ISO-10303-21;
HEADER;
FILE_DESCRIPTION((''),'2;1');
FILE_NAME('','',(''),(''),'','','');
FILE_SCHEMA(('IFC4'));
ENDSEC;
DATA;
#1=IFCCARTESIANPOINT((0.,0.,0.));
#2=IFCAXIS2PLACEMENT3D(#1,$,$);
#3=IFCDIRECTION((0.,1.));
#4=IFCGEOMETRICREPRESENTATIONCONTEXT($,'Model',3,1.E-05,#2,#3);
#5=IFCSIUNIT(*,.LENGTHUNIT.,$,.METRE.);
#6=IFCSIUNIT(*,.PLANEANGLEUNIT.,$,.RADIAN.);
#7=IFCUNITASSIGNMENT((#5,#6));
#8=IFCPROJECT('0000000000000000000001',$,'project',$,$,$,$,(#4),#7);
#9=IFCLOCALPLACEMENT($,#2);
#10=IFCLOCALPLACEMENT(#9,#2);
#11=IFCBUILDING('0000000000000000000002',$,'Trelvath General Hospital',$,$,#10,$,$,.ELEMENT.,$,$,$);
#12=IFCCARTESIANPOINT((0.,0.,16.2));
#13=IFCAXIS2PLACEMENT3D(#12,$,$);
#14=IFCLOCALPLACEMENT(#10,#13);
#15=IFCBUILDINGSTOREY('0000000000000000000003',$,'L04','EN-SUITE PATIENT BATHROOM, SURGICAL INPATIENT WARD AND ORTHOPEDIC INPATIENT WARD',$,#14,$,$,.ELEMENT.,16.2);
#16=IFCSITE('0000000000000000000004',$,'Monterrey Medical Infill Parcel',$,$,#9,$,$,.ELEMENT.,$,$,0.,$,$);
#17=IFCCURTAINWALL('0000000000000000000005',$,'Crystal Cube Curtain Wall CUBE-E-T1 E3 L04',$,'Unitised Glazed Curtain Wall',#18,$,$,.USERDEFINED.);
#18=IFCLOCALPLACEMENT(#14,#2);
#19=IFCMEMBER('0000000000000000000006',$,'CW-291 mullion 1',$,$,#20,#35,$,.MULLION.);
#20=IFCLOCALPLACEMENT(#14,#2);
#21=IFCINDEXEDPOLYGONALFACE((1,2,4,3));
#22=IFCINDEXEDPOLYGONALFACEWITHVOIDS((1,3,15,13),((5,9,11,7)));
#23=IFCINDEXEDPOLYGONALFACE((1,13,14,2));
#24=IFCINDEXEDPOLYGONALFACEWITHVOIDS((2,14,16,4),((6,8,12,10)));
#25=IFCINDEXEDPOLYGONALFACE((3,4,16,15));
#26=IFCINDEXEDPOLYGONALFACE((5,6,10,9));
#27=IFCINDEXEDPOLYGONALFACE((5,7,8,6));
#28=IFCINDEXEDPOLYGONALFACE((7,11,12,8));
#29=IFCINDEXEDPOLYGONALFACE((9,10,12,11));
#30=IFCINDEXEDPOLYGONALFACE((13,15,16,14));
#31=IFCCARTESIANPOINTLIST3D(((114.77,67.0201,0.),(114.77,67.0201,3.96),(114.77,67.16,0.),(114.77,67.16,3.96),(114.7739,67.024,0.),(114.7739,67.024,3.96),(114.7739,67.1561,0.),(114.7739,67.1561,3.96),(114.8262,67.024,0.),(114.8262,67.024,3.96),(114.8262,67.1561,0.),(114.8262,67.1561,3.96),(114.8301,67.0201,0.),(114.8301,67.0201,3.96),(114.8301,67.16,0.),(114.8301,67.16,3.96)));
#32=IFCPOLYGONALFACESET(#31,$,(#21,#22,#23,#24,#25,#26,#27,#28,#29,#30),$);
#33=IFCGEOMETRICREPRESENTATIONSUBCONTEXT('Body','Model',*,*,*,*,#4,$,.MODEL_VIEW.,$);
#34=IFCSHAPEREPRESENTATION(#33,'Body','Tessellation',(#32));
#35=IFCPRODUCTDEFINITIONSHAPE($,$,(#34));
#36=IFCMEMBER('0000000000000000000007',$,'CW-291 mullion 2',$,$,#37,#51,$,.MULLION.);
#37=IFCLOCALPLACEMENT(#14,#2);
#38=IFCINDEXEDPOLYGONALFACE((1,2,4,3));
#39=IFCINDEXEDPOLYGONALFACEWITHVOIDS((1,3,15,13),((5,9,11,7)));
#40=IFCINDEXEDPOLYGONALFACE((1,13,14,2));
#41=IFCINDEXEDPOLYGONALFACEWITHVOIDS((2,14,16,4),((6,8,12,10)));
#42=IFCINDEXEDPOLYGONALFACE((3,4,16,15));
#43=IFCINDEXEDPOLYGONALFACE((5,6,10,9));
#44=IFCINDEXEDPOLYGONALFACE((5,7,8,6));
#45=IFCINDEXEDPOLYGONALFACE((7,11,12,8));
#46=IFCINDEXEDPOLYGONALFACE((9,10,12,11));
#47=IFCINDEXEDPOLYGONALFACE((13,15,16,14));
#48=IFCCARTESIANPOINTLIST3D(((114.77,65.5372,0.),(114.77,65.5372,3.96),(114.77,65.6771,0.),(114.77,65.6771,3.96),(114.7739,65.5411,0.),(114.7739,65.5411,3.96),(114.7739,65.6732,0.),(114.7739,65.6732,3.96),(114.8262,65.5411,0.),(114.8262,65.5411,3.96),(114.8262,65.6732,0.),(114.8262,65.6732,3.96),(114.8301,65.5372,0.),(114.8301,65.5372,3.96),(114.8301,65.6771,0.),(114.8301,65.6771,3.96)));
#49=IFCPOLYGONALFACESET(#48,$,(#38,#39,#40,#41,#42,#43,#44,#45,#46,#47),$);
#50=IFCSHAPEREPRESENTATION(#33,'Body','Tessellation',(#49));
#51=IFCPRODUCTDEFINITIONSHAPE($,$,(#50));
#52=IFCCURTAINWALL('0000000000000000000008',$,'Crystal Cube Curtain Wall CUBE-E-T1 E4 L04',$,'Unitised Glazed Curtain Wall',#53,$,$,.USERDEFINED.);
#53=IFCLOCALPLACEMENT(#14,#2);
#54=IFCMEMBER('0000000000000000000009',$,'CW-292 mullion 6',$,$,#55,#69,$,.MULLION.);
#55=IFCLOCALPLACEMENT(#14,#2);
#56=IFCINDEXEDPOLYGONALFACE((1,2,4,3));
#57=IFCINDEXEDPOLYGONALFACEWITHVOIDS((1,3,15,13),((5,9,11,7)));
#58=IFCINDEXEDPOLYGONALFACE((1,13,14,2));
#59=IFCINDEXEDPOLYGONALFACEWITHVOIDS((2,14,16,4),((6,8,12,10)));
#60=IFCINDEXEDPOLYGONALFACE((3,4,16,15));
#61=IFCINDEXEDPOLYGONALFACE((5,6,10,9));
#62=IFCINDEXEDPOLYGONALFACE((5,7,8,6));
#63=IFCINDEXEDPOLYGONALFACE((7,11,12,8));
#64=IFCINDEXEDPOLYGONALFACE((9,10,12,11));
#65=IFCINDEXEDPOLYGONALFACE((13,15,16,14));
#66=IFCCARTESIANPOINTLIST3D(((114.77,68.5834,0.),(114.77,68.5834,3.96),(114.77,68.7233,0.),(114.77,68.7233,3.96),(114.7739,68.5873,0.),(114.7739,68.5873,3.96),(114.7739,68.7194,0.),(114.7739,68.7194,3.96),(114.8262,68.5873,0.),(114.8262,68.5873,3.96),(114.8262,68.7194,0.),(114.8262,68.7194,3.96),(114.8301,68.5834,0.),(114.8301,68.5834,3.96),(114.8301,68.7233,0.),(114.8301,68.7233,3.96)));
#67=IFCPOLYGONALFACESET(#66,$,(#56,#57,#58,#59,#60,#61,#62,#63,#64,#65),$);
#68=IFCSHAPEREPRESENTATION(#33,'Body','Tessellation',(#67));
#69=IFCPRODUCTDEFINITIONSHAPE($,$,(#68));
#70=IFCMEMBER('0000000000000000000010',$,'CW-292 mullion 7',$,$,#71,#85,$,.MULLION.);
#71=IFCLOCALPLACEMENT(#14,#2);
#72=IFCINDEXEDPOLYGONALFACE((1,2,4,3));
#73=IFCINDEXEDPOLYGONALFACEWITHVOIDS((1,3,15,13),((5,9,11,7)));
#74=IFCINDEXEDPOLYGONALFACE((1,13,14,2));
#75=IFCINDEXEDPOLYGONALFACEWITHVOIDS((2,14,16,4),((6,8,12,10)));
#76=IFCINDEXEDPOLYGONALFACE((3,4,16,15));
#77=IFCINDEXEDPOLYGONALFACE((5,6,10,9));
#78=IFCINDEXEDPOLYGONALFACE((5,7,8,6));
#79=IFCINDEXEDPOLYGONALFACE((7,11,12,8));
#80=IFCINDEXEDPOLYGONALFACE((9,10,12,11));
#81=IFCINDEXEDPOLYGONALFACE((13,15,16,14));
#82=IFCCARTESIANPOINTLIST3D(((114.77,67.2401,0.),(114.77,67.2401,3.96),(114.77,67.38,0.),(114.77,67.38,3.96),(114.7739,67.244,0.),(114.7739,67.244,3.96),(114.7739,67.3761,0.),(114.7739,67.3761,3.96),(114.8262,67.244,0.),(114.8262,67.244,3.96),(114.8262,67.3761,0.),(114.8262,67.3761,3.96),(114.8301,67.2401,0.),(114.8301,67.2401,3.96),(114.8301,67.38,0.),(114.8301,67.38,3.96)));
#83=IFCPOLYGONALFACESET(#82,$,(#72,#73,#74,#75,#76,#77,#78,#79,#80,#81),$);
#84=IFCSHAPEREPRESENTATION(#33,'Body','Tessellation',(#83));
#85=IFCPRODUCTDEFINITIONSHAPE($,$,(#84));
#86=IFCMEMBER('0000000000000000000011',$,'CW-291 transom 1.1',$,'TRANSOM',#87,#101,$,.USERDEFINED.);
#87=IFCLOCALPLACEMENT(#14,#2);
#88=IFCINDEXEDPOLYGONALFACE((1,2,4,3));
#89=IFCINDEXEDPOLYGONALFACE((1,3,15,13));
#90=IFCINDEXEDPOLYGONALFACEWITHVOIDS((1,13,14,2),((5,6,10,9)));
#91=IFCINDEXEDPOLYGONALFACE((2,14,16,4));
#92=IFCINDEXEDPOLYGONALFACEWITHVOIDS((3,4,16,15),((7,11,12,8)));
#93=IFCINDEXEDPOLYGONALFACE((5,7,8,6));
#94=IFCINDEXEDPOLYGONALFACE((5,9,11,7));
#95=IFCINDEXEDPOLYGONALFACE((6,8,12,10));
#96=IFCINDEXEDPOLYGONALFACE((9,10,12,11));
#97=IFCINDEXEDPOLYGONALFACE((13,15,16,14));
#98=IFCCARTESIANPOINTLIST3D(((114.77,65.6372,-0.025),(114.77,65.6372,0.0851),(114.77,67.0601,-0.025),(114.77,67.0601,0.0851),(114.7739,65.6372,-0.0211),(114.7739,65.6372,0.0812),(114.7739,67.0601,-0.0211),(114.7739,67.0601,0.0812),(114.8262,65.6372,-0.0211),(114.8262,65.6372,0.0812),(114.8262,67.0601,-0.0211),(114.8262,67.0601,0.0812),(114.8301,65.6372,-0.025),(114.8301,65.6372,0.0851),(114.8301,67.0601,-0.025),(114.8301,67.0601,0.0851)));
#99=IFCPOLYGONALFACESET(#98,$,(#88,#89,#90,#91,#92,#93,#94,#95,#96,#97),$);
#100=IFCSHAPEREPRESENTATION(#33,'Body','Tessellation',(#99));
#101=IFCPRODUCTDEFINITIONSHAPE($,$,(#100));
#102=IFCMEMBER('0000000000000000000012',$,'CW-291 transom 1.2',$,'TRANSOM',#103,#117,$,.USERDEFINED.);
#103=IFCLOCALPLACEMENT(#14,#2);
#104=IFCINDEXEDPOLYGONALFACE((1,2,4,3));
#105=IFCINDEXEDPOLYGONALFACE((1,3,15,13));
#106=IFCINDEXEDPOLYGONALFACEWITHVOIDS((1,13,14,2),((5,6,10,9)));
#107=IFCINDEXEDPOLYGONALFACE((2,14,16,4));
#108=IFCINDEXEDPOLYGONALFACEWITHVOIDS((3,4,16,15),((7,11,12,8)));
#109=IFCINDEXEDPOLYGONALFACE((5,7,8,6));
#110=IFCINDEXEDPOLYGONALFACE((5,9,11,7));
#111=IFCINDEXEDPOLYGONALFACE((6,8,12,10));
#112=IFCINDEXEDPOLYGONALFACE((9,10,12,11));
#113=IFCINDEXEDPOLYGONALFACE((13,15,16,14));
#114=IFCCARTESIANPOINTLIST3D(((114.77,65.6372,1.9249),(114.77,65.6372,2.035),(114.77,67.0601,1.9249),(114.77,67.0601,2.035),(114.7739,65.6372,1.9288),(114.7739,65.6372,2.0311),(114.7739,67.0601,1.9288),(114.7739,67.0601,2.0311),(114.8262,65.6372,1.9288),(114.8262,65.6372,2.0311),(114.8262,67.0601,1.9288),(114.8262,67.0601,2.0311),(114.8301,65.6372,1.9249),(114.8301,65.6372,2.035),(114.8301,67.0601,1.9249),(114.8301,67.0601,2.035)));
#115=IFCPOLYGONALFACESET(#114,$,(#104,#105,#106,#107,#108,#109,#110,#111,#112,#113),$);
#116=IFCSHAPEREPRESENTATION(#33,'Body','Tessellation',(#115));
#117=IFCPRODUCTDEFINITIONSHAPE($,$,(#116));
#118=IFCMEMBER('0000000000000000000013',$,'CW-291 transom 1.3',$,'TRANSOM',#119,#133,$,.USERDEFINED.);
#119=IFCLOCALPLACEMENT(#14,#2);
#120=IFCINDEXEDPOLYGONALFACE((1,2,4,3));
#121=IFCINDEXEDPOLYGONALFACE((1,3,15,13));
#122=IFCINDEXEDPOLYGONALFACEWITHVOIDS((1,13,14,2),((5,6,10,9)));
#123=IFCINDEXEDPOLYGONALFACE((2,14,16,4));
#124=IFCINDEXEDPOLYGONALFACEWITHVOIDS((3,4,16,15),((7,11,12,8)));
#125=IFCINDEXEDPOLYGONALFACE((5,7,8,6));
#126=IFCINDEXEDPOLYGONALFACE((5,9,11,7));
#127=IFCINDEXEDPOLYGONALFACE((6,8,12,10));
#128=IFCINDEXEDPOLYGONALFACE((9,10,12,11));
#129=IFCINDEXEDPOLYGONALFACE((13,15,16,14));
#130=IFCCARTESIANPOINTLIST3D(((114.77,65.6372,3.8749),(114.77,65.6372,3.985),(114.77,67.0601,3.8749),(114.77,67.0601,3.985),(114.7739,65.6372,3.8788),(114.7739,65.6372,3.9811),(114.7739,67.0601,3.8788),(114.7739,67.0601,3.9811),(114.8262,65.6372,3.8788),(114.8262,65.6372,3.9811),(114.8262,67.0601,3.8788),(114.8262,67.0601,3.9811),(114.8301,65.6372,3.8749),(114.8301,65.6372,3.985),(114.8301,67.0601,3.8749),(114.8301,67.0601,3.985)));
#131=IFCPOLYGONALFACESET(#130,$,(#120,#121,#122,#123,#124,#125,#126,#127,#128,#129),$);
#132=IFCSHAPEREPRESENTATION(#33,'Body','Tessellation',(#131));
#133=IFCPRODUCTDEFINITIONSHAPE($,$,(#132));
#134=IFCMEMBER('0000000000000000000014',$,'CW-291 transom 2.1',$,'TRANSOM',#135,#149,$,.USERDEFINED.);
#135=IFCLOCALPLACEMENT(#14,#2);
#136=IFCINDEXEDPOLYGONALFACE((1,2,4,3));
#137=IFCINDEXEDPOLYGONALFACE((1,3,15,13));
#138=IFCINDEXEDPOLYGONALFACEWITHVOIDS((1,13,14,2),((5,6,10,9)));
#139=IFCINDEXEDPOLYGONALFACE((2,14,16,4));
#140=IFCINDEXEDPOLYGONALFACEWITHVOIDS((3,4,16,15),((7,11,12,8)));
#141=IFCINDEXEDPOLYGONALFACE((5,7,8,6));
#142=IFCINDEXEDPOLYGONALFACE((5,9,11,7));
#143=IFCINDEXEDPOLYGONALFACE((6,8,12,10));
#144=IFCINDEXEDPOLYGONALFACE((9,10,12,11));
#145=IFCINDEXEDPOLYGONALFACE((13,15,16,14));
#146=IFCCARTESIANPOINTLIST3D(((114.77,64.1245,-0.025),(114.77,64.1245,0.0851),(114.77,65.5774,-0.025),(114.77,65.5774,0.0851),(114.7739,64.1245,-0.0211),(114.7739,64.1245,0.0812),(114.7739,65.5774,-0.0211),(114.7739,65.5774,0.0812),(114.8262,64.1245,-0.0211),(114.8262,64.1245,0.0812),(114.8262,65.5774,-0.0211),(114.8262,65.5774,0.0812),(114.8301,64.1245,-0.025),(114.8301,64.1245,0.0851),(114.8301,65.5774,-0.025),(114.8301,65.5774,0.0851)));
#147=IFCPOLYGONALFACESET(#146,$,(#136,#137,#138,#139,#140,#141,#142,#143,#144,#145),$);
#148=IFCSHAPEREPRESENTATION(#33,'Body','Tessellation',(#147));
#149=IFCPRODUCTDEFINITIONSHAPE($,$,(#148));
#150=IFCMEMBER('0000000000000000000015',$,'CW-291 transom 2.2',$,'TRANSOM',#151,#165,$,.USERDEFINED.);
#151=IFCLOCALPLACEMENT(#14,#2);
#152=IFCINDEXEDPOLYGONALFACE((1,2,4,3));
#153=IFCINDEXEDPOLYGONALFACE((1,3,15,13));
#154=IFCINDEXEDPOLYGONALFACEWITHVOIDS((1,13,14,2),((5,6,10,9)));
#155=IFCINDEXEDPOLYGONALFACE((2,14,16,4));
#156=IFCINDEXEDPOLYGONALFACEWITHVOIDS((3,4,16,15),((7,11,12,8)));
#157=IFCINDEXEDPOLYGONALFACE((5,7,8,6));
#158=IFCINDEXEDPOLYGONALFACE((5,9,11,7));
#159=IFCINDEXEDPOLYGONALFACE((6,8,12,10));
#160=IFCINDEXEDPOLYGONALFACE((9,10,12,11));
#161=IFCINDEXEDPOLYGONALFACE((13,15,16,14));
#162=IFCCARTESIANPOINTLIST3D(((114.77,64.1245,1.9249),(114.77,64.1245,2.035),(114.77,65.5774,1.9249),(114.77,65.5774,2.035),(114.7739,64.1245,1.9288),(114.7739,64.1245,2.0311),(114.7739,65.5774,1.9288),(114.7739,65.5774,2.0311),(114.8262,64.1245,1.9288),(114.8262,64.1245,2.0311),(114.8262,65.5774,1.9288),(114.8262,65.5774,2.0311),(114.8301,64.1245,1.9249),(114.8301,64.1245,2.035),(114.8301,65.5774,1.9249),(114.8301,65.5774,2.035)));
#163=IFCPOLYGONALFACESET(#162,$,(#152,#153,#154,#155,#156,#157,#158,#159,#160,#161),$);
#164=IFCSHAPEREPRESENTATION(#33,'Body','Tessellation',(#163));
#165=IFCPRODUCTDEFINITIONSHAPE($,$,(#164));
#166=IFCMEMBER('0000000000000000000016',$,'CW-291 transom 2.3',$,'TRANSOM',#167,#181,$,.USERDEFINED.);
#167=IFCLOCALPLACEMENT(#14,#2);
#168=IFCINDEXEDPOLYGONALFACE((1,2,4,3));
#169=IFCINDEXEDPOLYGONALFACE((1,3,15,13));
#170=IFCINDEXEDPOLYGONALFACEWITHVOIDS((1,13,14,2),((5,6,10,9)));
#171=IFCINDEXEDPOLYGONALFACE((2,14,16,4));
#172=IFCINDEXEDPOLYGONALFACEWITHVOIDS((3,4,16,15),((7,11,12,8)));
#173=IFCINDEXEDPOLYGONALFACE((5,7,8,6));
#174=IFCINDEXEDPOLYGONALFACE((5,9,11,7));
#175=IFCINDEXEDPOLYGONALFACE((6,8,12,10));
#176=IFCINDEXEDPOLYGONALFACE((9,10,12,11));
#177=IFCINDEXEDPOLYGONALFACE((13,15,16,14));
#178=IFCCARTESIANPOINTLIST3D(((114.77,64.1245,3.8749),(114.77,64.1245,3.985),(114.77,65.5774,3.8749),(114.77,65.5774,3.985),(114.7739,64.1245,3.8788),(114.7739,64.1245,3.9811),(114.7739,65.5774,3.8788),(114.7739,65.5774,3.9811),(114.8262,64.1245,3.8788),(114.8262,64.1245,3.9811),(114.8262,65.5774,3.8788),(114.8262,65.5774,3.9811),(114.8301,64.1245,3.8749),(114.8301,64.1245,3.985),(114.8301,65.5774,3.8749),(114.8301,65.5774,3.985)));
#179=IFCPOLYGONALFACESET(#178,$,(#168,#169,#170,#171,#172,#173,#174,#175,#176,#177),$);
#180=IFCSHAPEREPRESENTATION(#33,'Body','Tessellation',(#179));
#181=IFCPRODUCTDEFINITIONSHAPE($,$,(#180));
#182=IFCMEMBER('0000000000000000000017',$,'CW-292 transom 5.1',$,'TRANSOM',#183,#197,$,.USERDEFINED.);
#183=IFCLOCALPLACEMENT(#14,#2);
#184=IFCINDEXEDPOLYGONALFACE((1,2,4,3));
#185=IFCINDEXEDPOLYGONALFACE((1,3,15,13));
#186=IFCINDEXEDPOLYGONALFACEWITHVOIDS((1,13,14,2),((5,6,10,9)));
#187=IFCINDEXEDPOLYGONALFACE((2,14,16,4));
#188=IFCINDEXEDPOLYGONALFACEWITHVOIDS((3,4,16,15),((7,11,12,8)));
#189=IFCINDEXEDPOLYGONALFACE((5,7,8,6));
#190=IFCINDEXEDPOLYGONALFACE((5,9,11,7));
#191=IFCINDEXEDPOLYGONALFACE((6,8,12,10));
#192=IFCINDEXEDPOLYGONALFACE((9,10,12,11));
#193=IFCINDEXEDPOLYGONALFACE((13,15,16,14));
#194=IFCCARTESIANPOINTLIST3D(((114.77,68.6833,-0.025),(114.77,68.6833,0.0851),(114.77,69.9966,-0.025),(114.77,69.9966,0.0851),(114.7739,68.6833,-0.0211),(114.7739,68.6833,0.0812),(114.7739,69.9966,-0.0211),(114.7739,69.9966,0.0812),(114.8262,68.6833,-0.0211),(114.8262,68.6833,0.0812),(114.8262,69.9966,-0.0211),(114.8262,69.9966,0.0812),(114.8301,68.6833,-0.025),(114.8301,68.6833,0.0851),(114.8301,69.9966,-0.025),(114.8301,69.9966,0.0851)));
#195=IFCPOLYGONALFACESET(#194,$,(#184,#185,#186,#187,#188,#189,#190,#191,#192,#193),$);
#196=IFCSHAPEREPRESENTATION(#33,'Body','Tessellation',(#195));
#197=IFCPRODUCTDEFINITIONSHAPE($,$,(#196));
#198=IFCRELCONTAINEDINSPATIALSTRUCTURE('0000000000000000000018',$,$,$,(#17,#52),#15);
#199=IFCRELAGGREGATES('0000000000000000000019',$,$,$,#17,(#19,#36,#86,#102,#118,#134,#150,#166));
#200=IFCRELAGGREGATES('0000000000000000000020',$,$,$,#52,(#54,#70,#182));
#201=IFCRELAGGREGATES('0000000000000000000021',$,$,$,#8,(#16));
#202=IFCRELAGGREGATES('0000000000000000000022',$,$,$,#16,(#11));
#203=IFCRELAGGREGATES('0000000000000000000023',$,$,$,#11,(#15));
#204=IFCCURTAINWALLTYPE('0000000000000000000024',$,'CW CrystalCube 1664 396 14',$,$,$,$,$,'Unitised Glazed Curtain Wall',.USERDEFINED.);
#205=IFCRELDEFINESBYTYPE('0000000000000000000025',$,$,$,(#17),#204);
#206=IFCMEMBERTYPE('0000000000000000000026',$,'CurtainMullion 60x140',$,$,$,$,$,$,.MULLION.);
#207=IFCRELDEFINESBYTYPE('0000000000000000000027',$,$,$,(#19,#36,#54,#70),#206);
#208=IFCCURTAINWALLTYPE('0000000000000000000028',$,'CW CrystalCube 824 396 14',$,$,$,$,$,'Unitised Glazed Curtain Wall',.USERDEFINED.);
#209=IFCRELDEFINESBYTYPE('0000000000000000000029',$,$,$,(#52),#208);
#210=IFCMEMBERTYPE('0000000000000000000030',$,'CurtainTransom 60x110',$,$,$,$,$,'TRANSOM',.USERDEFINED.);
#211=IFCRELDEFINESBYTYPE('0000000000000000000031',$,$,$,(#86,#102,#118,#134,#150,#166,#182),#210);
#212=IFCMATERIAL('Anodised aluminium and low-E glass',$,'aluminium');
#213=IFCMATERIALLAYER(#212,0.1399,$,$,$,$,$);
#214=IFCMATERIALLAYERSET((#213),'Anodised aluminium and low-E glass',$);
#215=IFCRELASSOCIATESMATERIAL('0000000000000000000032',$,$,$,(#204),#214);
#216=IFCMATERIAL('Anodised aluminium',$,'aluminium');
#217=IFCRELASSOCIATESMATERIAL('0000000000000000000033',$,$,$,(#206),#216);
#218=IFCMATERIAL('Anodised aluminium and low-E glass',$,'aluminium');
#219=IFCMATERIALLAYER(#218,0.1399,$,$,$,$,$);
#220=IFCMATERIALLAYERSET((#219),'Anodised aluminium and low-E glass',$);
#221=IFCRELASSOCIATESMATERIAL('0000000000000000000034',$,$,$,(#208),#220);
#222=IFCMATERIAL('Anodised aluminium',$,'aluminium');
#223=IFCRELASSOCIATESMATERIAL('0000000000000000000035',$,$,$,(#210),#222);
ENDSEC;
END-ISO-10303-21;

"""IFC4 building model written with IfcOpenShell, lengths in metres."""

from ifc_helpers import new_model, si_unit, direction, frame, origin, origin_2d, place, context, subcontext, project, spatial, hollow_rectangle, extrude, material, layer, layer_set, material_profile, profile_set, type_object, element, aggregate, save


model = new_model("IFC4")

# Units and contexts
model_context = context("Model", 3, precision=1e-05, world=origin(), true_north=direction((0.0, 1.0)))
body_context = subcontext(model_context, "Body", "Model", "MODEL_VIEW")
ifc_project = project(units=[si_unit("LENGTHUNIT", "METRE"), si_unit("PLANEANGLEUNIT", "RADIAN")], contexts=[model_context])

# Site, building, storey
site_placement = place(None, origin())
site = spatial("IfcSite", under=ifc_project, at=site_placement, Name="Monterrey Medical Infill Parcel", CompositionType="ELEMENT", RefElevation=0.0)
building_placement = place(site_placement, origin())
building = spatial("IfcBuilding", under=site, at=building_placement, Name="Trelvath General Hospital", CompositionType="ELEMENT")
storey_placement = place(building_placement, frame((0.0, 0.0, 16.2)))
storey = spatial("IfcBuildingStorey", under=building, at=storey_placement, Name="L04", Description="EN-SUITE PATIENT BATHROOM, SURGICAL INPATIENT WARD AND ORTHOPEDIC INPATIENT WARD", CompositionType="ELEMENT", Elevation=16.2)

# Curtain walls, members
ifc_material_1 = material(Name="Anodised aluminium and low-E glass", Category="aluminium")
ifc_layer_1 = layer(ifc_material_1, 0.1399)
ifc_layer_set_1 = layer_set([ifc_layer_1], Name="Anodised aluminium and low-E glass")
curtain_wall_type_1 = type_object("IfcCurtainWallType", Name="CW CrystalCube 1664 396 14", ElementType="Unitised Glazed Curtain Wall", PredefinedType="USERDEFINED", material=ifc_layer_set_1)
curtain_wall_1_placement = place(storey_placement, origin())
curtain_wall_1 = element("IfcCurtainWall", 1, at=curtain_wall_1_placement, inside=storey, type_object=curtain_wall_type_1, Name="Crystal Cube Curtain Wall CUBE-E-T1 E3 L04", ObjectType="Unitised Glazed Curtain Wall", PredefinedType="USERDEFINED")
ifc_material_2 = material(Name="Anodised aluminium", Category="aluminium")
ifc_material_profile_1 = material_profile(ifc_material_2, hollow_rectangle(XDim=0.0601, YDim=0.1399, WallThickness=0.0039, at=origin_2d()), Name="RHS60x140x4")
ifc_profile_set_1 = profile_set([ifc_material_profile_1], Name="Anodised aluminium")
member_type_1 = type_object("IfcMemberType", Name="CurtainMullion 60x140", PredefinedType="MULLION", material=ifc_profile_set_1)
member_1_placement = place(storey_placement, frame((114.8, 67.0901, 0.0), z_axis=(0.0, 0.0, 1.0), x_axis=(1.0, 0.0, 0.0)))
member_1 = element("IfcMember", 2, at=member_1_placement, type_object=member_type_1, Name="CW-291 mullion 1", PredefinedType="MULLION", context=body_context, shape_type="SweptSolid", body=[
    extrude(hollow_rectangle(XDim=0.0601, YDim=0.1399, WallThickness=0.0039, at=origin_2d()), origin(), (0.0, 0.0, 1.0), 3.96),
])
member_2_placement = place(storey_placement, frame((114.8, 65.6072, 0.0), z_axis=(0.0, 0.0, 1.0), x_axis=(1.0, 0.0, 0.0)))
member_2 = element("IfcMember", 3, at=member_2_placement, type_object=member_type_1, Name="CW-291 mullion 2", PredefinedType="MULLION", context=body_context, shape_type="SweptSolid", body=[
    extrude(hollow_rectangle(XDim=0.0601, YDim=0.1399, WallThickness=0.0039, at=origin_2d()), origin(), (0.0, 0.0, 1.0), 3.96),
])
ifc_material_3 = material(Name="Anodised aluminium and low-E glass", Category="aluminium")
ifc_layer_2 = layer(ifc_material_3, 0.1399)
ifc_layer_set_2 = layer_set([ifc_layer_2], Name="Anodised aluminium and low-E glass")
curtain_wall_type_2 = type_object("IfcCurtainWallType", Name="CW CrystalCube 824 396 14", ElementType="Unitised Glazed Curtain Wall", PredefinedType="USERDEFINED", material=ifc_layer_set_2)
curtain_wall_2_placement = place(storey_placement, origin())
curtain_wall_2 = element("IfcCurtainWall", 4, at=curtain_wall_2_placement, inside=storey, type_object=curtain_wall_type_2, Name="Crystal Cube Curtain Wall CUBE-E-T1 E4 L04", ObjectType="Unitised Glazed Curtain Wall", PredefinedType="USERDEFINED")
member_3_placement = place(storey_placement, frame((114.8, 68.6533, 0.0), z_axis=(0.0, 0.0, 1.0), x_axis=(1.0, 0.0, 0.0)))
member_3 = element("IfcMember", 5, at=member_3_placement, type_object=member_type_1, Name="CW-292 mullion 6", PredefinedType="MULLION", context=body_context, shape_type="SweptSolid", body=[
    extrude(hollow_rectangle(XDim=0.0601, YDim=0.1399, WallThickness=0.0039, at=origin_2d()), origin(), (0.0, 0.0, 1.0), 3.96),
])
member_4_placement = place(storey_placement, frame((114.8, 67.3101, 0.0), z_axis=(0.0, 0.0, 1.0), x_axis=(1.0, 0.0, 0.0)))
member_4 = element("IfcMember", 6, at=member_4_placement, type_object=member_type_1, Name="CW-292 mullion 7", PredefinedType="MULLION", context=body_context, shape_type="SweptSolid", body=[
    extrude(hollow_rectangle(XDim=0.0601, YDim=0.1399, WallThickness=0.0039, at=origin_2d()), origin(), (0.0, 0.0, 1.0), 3.96),
])

# Members
ifc_material_4 = material(Name="Anodised aluminium", Category="aluminium")
ifc_material_profile_2 = material_profile(ifc_material_4, hollow_rectangle(XDim=0.0601, YDim=0.1101, WallThickness=0.0039, at=origin_2d()), Name="RHS60x110x4")
ifc_profile_set_2 = profile_set([ifc_material_profile_2], Name="Anodised aluminium")
member_type_2 = type_object("IfcMemberType", Name="CurtainTransom 60x110", ElementType="TRANSOM", PredefinedType="USERDEFINED", material=ifc_profile_set_2)
member_5_placement = place(storey_placement, frame((114.8, 67.0601, 0.03), z_axis=(0.0, -1.0, 0.0), x_axis=(1.0, 0.0, 0.0)))
member_5 = element("IfcMember", 7, at=member_5_placement, type_object=member_type_2, Name="CW-291 transom 1.1", ObjectType="TRANSOM", PredefinedType="USERDEFINED", context=body_context, shape_type="SweptSolid", body=[
    extrude(hollow_rectangle(XDim=0.0601, YDim=0.1101, WallThickness=0.0039, at=origin_2d()), origin(), (0.0, 0.0, 1.0), 1.4229),
])
member_6_placement = place(storey_placement, frame((114.8, 67.0601, 1.98), z_axis=(0.0, -1.0, 0.0), x_axis=(1.0, 0.0, 0.0)))
member_6 = element("IfcMember", 8, at=member_6_placement, type_object=member_type_2, Name="CW-291 transom 1.2", ObjectType="TRANSOM", PredefinedType="USERDEFINED", context=body_context, shape_type="SweptSolid", body=[
    extrude(hollow_rectangle(XDim=0.0601, YDim=0.1101, WallThickness=0.0039, at=origin_2d()), origin(), (0.0, 0.0, 1.0), 1.4229),
])
member_7_placement = place(storey_placement, frame((114.8, 67.0601, 3.9299), z_axis=(0.0, -1.0, 0.0), x_axis=(1.0, 0.0, 0.0)))
member_7 = element("IfcMember", 9, at=member_7_placement, type_object=member_type_2, Name="CW-291 transom 1.3", ObjectType="TRANSOM", PredefinedType="USERDEFINED", context=body_context, shape_type="SweptSolid", body=[
    extrude(hollow_rectangle(XDim=0.0601, YDim=0.1101, WallThickness=0.0039, at=origin_2d()), origin(), (0.0, 0.0, 1.0), 1.4229),
])
member_8_placement = place(storey_placement, frame((114.8, 65.5774, 0.03), z_axis=(0.0, -1.0, 0.0), x_axis=(1.0, 0.0, 0.0)))
member_8 = element("IfcMember", 10, at=member_8_placement, type_object=member_type_2, Name="CW-291 transom 2.1", ObjectType="TRANSOM", PredefinedType="USERDEFINED", context=body_context, shape_type="SweptSolid", body=[
    extrude(hollow_rectangle(XDim=0.0601, YDim=0.1101, WallThickness=0.0039, at=origin_2d()), origin(), (0.0, 0.0, 1.0), 1.4529),
])
member_9_placement = place(storey_placement, frame((114.8, 65.5774, 1.98), z_axis=(0.0, -1.0, 0.0), x_axis=(1.0, 0.0, 0.0)))
member_9 = element("IfcMember", 11, at=member_9_placement, type_object=member_type_2, Name="CW-291 transom 2.2", ObjectType="TRANSOM", PredefinedType="USERDEFINED", context=body_context, shape_type="SweptSolid", body=[
    extrude(hollow_rectangle(XDim=0.0601, YDim=0.1101, WallThickness=0.0039, at=origin_2d()), origin(), (0.0, 0.0, 1.0), 1.4529),
])
member_10_placement = place(storey_placement, frame((114.8, 65.5774, 3.9299), z_axis=(0.0, -1.0, 0.0), x_axis=(1.0, 0.0, 0.0)))
member_10 = element("IfcMember", 12, at=member_10_placement, type_object=member_type_2, Name="CW-291 transom 2.3", ObjectType="TRANSOM", PredefinedType="USERDEFINED", context=body_context, shape_type="SweptSolid", body=[
    extrude(hollow_rectangle(XDim=0.0601, YDim=0.1101, WallThickness=0.0039, at=origin_2d()), origin(), (0.0, 0.0, 1.0), 1.4529),
])
member_11_placement = place(storey_placement, frame((114.8, 69.9966, 0.03), z_axis=(0.0, -1.0, 0.0), x_axis=(1.0, 0.0, 0.0)))
member_11 = element("IfcMember", 13, at=member_11_placement, type_object=member_type_2, Name="CW-292 transom 5.1", ObjectType="TRANSOM", PredefinedType="USERDEFINED", context=body_context, shape_type="SweptSolid", body=[
    extrude(hollow_rectangle(XDim=0.0601, YDim=0.1101, WallThickness=0.0039, at=origin_2d()), origin(), (0.0, 0.0, 1.0), 1.3132),
])

aggregate(curtain_wall_1, [member_1, member_2, member_5, member_6, member_7, member_8, member_9, member_10])
aggregate(curtain_wall_2, [member_3, member_4, member_11])

save(model, "model.ifc")
